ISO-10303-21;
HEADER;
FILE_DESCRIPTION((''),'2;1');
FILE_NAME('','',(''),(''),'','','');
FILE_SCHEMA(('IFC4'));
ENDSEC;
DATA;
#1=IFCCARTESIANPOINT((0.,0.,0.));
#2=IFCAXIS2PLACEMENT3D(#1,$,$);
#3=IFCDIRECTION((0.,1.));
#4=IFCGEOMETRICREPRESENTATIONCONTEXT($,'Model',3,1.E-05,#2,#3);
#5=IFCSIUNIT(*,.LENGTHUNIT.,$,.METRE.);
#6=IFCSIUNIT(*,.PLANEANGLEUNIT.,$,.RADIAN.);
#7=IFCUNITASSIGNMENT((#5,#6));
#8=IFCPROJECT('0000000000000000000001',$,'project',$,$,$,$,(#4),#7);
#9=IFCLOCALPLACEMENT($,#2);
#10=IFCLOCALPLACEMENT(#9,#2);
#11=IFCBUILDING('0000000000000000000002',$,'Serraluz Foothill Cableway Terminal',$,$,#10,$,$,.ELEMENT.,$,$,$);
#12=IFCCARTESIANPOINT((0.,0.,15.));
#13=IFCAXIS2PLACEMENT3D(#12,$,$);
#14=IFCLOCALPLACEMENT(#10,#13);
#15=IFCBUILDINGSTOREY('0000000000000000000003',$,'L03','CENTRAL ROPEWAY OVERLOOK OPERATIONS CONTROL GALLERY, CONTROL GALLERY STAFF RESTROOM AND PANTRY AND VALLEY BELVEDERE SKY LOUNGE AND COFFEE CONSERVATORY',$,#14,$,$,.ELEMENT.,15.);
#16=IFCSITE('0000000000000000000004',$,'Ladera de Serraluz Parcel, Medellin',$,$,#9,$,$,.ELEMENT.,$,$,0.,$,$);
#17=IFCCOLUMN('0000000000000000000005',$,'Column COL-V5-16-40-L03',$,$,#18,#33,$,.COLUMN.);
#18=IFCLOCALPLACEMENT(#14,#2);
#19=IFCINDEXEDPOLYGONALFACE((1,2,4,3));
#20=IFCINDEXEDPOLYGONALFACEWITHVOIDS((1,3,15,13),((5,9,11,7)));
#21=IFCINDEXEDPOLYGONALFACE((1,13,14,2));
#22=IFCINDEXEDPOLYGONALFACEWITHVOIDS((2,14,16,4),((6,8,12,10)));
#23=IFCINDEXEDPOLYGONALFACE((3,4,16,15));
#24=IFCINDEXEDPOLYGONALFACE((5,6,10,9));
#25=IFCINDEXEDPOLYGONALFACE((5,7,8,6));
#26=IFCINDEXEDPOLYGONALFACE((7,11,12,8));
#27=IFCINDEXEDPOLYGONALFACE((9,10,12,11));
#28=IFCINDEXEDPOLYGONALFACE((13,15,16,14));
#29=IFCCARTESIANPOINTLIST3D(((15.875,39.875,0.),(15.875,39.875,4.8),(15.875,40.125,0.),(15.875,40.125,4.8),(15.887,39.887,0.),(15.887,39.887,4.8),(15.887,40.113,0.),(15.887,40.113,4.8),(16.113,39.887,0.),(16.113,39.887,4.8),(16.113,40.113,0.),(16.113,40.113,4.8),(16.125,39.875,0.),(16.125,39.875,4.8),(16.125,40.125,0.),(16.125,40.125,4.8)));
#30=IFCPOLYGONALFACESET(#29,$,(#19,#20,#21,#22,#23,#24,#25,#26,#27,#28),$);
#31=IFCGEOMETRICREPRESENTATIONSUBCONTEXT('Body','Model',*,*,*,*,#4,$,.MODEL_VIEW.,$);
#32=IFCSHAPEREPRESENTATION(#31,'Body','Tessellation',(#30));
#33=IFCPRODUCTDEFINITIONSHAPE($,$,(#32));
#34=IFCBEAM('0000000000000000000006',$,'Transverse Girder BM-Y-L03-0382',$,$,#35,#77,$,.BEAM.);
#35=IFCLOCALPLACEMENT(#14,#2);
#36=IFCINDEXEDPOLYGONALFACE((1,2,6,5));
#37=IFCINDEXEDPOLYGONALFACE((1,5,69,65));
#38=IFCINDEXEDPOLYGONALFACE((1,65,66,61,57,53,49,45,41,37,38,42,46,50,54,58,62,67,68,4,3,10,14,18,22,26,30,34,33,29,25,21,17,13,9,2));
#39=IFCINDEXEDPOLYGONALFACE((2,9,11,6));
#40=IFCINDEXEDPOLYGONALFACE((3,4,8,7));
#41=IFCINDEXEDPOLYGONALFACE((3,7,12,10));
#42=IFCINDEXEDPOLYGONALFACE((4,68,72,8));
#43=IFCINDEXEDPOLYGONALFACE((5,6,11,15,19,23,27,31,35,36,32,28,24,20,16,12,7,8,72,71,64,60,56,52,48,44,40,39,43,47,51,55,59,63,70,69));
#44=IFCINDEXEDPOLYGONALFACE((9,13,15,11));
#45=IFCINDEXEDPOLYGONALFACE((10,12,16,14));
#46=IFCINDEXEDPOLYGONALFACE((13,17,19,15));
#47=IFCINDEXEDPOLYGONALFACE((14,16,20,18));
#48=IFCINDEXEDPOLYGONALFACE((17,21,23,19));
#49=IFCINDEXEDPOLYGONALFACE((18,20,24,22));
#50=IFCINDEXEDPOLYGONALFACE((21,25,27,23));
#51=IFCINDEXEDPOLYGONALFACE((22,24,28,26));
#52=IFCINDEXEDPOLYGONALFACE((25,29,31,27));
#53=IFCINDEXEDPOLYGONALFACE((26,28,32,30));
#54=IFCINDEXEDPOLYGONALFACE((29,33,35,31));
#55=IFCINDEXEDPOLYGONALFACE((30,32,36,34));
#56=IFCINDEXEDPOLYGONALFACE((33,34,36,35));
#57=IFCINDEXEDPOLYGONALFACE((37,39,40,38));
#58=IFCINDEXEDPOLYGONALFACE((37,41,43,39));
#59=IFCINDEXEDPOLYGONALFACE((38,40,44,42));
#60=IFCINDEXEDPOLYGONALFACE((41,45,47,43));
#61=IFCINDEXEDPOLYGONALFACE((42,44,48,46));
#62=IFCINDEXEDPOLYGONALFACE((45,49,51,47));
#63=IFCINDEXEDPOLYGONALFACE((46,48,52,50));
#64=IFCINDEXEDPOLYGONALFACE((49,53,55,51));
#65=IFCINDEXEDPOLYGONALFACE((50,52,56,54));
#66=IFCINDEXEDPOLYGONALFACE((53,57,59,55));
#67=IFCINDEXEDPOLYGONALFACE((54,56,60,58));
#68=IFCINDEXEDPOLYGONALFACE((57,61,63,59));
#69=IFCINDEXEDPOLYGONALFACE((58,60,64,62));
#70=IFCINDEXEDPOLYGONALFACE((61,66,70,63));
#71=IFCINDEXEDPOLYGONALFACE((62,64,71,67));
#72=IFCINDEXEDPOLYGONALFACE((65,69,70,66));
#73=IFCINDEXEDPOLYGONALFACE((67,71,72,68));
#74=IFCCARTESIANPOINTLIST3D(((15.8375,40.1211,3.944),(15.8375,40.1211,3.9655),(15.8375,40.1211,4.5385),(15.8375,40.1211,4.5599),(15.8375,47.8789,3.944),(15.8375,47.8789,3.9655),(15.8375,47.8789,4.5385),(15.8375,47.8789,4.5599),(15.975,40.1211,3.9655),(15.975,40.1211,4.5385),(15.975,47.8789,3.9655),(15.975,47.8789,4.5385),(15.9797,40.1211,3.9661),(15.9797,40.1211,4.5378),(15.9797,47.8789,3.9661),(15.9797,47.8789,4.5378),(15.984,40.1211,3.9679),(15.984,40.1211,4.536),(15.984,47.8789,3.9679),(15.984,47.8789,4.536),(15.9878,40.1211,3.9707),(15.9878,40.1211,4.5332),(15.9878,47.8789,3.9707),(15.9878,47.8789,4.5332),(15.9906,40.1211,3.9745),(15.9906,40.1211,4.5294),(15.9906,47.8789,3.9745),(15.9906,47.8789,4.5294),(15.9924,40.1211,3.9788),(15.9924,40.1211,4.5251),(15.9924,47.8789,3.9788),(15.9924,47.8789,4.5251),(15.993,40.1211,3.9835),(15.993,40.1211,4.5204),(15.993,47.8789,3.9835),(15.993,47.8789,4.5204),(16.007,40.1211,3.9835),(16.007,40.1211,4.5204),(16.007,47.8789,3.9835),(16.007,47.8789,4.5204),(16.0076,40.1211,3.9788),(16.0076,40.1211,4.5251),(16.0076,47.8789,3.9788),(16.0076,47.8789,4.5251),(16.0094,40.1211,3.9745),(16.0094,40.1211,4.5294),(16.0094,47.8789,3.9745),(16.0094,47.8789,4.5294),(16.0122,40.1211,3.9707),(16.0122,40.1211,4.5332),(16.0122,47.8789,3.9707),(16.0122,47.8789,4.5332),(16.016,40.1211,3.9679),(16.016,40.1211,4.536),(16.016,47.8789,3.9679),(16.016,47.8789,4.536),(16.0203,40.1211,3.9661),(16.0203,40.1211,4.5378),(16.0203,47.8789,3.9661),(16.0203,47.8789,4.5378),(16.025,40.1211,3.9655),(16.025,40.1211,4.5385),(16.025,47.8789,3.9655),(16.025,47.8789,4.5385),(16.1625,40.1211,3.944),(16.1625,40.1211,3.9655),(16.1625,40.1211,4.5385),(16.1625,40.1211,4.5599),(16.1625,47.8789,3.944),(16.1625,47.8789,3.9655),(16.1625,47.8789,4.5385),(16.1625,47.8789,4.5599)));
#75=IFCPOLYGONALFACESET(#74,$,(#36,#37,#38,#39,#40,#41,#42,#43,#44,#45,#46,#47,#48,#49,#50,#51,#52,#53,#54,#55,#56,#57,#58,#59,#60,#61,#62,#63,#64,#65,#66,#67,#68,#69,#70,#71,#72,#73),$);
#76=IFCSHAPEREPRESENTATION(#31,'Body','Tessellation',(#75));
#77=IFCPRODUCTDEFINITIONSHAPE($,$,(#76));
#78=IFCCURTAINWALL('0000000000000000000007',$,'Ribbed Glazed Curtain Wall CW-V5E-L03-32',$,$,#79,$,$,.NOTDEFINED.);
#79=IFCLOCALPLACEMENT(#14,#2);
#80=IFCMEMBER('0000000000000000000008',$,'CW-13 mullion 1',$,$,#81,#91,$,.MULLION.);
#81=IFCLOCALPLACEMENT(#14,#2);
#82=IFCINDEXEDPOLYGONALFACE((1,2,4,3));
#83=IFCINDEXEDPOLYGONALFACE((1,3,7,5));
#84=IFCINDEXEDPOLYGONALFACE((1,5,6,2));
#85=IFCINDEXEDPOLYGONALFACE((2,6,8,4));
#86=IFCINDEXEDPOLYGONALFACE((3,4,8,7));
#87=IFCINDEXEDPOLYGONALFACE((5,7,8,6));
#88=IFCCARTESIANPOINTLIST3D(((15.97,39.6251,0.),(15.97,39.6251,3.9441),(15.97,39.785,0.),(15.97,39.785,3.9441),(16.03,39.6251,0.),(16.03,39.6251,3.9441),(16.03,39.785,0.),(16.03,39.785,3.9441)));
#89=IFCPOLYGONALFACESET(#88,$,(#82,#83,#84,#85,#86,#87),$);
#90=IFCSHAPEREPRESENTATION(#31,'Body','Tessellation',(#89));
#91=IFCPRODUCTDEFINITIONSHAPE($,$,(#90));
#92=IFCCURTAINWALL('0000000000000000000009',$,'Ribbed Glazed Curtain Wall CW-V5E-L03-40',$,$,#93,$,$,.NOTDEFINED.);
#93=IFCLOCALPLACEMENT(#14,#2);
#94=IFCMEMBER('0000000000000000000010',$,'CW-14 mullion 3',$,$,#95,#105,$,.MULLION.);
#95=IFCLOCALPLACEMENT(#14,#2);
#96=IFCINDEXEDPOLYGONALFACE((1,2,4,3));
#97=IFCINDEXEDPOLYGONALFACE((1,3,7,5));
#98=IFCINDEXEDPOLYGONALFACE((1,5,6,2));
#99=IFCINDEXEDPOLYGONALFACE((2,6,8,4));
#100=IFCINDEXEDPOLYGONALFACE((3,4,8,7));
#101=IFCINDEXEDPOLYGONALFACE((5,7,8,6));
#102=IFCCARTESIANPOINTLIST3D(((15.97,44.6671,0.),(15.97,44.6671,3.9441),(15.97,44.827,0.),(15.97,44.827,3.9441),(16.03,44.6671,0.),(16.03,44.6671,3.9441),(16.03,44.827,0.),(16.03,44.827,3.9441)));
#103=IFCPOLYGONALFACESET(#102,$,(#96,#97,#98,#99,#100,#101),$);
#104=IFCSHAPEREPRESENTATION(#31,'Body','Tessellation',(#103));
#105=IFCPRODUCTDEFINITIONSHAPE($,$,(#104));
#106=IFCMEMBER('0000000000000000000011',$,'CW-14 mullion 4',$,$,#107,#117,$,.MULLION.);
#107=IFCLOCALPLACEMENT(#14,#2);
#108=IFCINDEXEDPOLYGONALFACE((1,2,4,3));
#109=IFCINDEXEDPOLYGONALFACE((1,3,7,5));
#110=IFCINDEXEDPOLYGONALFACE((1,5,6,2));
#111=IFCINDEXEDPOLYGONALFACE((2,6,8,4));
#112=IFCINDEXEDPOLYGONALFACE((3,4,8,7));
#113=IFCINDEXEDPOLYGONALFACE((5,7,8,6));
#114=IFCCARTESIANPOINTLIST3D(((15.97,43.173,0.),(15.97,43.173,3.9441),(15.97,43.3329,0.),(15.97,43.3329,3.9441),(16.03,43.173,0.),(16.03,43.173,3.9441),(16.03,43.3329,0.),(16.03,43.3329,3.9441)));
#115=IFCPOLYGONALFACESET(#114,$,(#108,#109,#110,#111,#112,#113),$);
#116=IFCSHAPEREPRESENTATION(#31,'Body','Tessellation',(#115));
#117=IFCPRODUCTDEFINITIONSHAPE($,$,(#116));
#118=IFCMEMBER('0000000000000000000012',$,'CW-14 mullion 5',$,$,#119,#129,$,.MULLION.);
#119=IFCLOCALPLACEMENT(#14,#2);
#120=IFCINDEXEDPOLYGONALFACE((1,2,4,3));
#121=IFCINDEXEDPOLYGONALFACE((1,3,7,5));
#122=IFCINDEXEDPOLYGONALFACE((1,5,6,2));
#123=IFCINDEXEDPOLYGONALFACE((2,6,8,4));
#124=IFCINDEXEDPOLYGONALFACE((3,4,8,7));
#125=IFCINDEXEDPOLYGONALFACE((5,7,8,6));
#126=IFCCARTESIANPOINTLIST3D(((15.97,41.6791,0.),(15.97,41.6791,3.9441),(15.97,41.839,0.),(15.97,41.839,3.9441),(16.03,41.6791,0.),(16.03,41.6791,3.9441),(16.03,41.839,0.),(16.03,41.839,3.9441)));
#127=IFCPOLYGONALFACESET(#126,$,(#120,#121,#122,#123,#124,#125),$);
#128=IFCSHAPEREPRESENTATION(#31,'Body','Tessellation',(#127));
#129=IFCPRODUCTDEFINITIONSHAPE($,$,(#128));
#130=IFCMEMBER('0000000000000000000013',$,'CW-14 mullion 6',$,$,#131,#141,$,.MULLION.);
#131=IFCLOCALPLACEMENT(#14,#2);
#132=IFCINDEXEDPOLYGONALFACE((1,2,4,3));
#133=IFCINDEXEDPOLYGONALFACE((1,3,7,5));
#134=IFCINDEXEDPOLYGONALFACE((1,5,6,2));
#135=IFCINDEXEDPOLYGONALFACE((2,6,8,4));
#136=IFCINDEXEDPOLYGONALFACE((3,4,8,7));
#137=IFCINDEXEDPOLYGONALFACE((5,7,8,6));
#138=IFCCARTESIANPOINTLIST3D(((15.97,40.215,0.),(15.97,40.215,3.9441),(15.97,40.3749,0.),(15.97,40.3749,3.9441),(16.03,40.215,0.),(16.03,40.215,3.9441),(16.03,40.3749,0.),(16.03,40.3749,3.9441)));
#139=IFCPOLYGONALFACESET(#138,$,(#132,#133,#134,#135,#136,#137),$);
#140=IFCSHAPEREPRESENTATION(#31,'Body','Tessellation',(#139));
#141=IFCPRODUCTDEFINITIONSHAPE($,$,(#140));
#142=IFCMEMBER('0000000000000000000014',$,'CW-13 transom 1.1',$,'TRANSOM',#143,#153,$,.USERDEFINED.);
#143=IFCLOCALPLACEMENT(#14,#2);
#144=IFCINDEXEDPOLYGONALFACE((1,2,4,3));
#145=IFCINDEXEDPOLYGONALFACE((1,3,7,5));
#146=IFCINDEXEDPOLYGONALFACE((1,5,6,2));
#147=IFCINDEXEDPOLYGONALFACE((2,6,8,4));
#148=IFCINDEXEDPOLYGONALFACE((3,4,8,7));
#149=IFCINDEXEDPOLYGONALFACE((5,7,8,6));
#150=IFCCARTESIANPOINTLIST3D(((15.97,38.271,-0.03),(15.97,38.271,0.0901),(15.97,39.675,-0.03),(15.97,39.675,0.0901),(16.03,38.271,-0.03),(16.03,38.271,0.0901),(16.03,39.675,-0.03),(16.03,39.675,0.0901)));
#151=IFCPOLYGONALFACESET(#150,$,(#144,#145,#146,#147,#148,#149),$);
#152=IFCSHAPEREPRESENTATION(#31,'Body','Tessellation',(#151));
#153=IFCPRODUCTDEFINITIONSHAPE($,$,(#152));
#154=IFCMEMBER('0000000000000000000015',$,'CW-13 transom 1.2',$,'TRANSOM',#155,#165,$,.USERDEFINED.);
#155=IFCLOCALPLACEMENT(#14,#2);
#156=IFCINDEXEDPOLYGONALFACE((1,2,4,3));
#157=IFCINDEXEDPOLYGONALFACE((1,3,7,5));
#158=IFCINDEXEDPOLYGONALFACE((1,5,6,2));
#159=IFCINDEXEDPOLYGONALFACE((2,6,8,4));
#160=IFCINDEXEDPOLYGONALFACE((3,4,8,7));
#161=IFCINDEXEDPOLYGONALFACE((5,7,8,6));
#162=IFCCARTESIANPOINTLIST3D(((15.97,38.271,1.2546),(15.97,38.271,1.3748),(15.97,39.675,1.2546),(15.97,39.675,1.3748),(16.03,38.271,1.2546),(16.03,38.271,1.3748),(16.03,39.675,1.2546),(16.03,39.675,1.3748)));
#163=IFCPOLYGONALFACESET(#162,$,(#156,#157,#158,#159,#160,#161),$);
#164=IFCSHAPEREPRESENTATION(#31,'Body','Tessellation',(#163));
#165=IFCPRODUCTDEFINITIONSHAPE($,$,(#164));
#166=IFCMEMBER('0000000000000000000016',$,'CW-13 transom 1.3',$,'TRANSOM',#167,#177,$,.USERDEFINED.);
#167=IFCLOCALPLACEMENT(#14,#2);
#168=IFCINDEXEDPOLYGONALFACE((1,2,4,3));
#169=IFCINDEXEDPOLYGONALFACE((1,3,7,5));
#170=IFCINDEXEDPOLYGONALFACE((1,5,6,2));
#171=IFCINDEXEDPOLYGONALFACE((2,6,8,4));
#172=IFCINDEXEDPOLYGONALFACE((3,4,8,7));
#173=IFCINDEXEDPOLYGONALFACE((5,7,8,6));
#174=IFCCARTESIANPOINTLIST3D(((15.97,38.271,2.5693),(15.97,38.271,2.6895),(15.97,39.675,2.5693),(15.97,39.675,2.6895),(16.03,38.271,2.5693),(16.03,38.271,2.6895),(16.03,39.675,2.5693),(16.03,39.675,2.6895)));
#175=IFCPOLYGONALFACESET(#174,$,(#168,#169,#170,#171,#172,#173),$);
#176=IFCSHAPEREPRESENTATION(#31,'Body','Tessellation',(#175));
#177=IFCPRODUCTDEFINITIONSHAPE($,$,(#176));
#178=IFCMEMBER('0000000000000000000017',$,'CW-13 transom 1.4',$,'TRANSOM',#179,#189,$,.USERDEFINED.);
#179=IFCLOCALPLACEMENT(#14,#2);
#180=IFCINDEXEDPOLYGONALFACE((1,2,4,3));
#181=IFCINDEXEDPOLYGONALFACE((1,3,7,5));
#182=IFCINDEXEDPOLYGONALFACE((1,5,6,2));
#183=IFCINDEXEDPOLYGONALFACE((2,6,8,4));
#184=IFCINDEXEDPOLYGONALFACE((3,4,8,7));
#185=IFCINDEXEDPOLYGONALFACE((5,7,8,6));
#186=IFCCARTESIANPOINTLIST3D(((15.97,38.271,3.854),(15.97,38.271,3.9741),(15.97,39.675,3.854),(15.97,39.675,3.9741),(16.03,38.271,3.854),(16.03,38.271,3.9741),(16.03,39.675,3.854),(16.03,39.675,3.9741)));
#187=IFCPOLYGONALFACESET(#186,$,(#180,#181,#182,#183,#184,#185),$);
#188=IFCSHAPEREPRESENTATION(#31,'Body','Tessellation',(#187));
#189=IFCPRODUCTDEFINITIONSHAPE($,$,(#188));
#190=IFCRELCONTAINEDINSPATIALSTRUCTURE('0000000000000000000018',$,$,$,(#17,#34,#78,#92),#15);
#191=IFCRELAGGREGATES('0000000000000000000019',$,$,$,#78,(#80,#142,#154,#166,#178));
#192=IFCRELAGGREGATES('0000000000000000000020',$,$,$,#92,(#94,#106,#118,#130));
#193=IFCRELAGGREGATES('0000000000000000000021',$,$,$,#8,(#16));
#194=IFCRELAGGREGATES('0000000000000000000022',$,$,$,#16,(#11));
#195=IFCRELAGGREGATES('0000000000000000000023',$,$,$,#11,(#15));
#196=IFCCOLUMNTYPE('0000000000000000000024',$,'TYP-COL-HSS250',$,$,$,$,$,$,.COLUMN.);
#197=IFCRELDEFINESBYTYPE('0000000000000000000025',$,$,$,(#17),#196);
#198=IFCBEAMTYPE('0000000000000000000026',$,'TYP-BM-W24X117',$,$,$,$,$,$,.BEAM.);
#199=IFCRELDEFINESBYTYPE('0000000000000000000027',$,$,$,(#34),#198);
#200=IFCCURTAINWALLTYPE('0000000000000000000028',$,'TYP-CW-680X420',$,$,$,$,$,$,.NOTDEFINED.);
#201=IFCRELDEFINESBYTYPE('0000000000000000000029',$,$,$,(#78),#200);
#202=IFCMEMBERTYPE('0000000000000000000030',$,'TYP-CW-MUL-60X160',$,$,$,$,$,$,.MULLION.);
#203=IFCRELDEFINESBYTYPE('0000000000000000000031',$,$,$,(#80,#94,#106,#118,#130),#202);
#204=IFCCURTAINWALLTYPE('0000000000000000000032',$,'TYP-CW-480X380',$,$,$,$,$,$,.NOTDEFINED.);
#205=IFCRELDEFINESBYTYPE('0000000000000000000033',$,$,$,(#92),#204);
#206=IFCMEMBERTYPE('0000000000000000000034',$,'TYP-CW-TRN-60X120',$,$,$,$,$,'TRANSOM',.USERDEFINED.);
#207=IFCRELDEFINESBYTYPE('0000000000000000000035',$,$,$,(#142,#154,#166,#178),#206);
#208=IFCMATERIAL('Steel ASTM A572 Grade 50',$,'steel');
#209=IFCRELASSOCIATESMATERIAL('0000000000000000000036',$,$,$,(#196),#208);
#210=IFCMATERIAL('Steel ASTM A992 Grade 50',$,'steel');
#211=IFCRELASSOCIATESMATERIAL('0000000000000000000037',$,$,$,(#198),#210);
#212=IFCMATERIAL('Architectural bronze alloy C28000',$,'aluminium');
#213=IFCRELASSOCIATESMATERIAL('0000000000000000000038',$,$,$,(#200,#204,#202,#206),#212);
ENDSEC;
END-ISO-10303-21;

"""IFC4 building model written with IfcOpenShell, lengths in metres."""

from ifc_helpers import new_model, si_unit, direction, frame, origin, origin_2d, place, context, subcontext, project, spatial, rectangle, hollow_rectangle, i_section, extrude, material, material_profile, profile_set, type_object, element, aggregate, save


model = new_model("IFC4")

# Units and contexts
model_context = context("Model", 3, precision=1e-05, world=origin(), true_north=direction((0.0, 1.0)))
body_context = subcontext(model_context, "Body", "Model", "MODEL_VIEW")
ifc_project = project(units=[si_unit("LENGTHUNIT", "METRE"), si_unit("PLANEANGLEUNIT", "RADIAN")], contexts=[model_context])

# Site, building, storey
site_placement = place(None, origin())
site = spatial("IfcSite", under=ifc_project, at=site_placement, Name="Ladera de Serraluz Parcel, Medellin", CompositionType="ELEMENT", RefElevation=0.0)
building_placement = place(site_placement, origin())
building = spatial("IfcBuilding", under=site, at=building_placement, Name="Serraluz Foothill Cableway Terminal", CompositionType="ELEMENT")
storey_placement = place(building_placement, frame((0.0, 0.0, 15.0)))
storey = spatial("IfcBuildingStorey", under=building, at=storey_placement, Name="L03", Description="CENTRAL ROPEWAY OVERLOOK OPERATIONS CONTROL GALLERY, CONTROL GALLERY STAFF RESTROOM AND PANTRY AND VALLEY BELVEDERE SKY LOUNGE AND COFFEE CONSERVATORY", CompositionType="ELEMENT", Elevation=15.0)

# Column
ifc_material_1 = material(Name="Steel ASTM A572 Grade 50", Category="steel")
ifc_material_profile_1 = material_profile(ifc_material_1, hollow_rectangle(XDim=0.25, YDim=0.25, WallThickness=0.012, at=origin_2d()), Name="HSS250X250X12")
ifc_profile_set_1 = profile_set([ifc_material_profile_1], Name="Steel ASTM A572 Grade 50")
column_type = type_object("IfcColumnType", Name="TYP-COL-HSS250", PredefinedType="COLUMN", material=ifc_profile_set_1)
column_placement = place(storey_placement, frame((16.0, 40.0, 0.0), z_axis=(0.0, 0.0, 1.0), x_axis=(1.0, 0.0, 0.0)))
element("IfcColumn", 1, at=column_placement, inside=storey, type_object=column_type, Name="Column COL-V5-16-40-L03", PredefinedType="COLUMN", context=body_context, shape_type="SweptSolid", body=[
    extrude(hollow_rectangle(XDim=0.25, YDim=0.25, WallThickness=0.012, at=origin_2d()), origin(), (0.0, 0.0, 1.0), 4.8),
])

# Beam
ifc_material_2 = material(Name="Steel ASTM A992 Grade 50", Category="steel")
ifc_material_profile_2 = material_profile(ifc_material_2, i_section(OverallWidth=0.325, OverallDepth=0.616, WebThickness=0.0139, FlangeThickness=0.0215, FilletRadius=0.0181, at=origin_2d()), Name="W24X117")
ifc_profile_set_2 = profile_set([ifc_material_profile_2], Name="Steel ASTM A992 Grade 50")
beam_type = type_object("IfcBeamType", Name="TYP-BM-W24X117", PredefinedType="BEAM", material=ifc_profile_set_2)
beam_placement = place(storey_placement, frame((16.0, 40.1211, 4.252), z_axis=(0.0, 1.0, 0.0), x_axis=(-1.0, 0.0, 0.0)))
element("IfcBeam", 2, at=beam_placement, inside=storey, type_object=beam_type, Name="Transverse Girder BM-Y-L03-0382", PredefinedType="BEAM", context=body_context, shape_type="SweptSolid", body=[
    extrude(i_section(OverallWidth=0.325, OverallDepth=0.616, WebThickness=0.0139, FlangeThickness=0.0215, FilletRadius=0.0181, at=origin_2d()), origin(), (0.0, 0.0, 1.0), 7.7578),
])

# Curtain wall, member
ifc_material_3 = material(Name="Architectural bronze alloy C28000", Category="aluminium")
curtain_wall_type_1 = type_object("IfcCurtainWallType", Name="TYP-CW-680X420", PredefinedType="NOTDEFINED", material=ifc_material_3)
curtain_wall_1_placement = place(storey_placement, origin())
curtain_wall_1 = element("IfcCurtainWall", 3, at=curtain_wall_1_placement, inside=storey, type_object=curtain_wall_type_1, Name="Ribbed Glazed Curtain Wall CW-V5E-L03-32", PredefinedType="NOTDEFINED")
ifc_material_profile_3 = material_profile(ifc_material_3, rectangle(XDim=0.0601, YDim=0.1599, at=origin_2d()), Name="ALU MULLION 60x160")
ifc_profile_set_3 = profile_set([ifc_material_profile_3], Name="Architectural bronze alloy C28000")
member_type_1 = type_object("IfcMemberType", Name="TYP-CW-MUL-60X160", PredefinedType="MULLION", material=ifc_profile_set_3)
member_1_placement = place(storey_placement, frame((16.0, 39.7051, 0.0), z_axis=(0.0, 0.0, 1.0), x_axis=(1.0, 0.0, 0.0)))
member_1 = element("IfcMember", 4, at=member_1_placement, type_object=member_type_1, Name="CW-13 mullion 1", PredefinedType="MULLION", context=body_context, shape_type="SweptSolid", body=[
    extrude(rectangle(XDim=0.0601, YDim=0.1599, at=origin_2d()), origin(), (0.0, 0.0, 1.0), 3.9441),
])

# Curtain wall, members
curtain_wall_type_2 = type_object("IfcCurtainWallType", Name="TYP-CW-480X380", PredefinedType="NOTDEFINED", material=ifc_material_3)
curtain_wall_2_placement = place(storey_placement, origin())
curtain_wall_2 = element("IfcCurtainWall", 5, at=curtain_wall_2_placement, inside=storey, type_object=curtain_wall_type_2, Name="Ribbed Glazed Curtain Wall CW-V5E-L03-40", PredefinedType="NOTDEFINED")
member_2_placement = place(storey_placement, frame((16.0, 44.7471, 0.0), z_axis=(0.0, 0.0, 1.0), x_axis=(1.0, 0.0, 0.0)))
member_2 = element("IfcMember", 6, at=member_2_placement, type_object=member_type_1, Name="CW-14 mullion 3", PredefinedType="MULLION", context=body_context, shape_type="SweptSolid", body=[
    extrude(rectangle(XDim=0.0601, YDim=0.1599, at=origin_2d()), origin(), (0.0, 0.0, 1.0), 3.9441),
])
member_3_placement = place(storey_placement, frame((16.0, 43.2529, 0.0), z_axis=(0.0, 0.0, 1.0), x_axis=(1.0, 0.0, 0.0)))
member_3 = element("IfcMember", 7, at=member_3_placement, type_object=member_type_1, Name="CW-14 mullion 4", PredefinedType="MULLION", context=body_context, shape_type="SweptSolid", body=[
    extrude(rectangle(XDim=0.0601, YDim=0.1599, at=origin_2d()), origin(), (0.0, 0.0, 1.0), 3.9441),
])
member_4_placement = place(storey_placement, frame((16.0, 41.759, 0.0), z_axis=(0.0, 0.0, 1.0), x_axis=(1.0, 0.0, 0.0)))
member_4 = element("IfcMember", 8, at=member_4_placement, type_object=member_type_1, Name="CW-14 mullion 5", PredefinedType="MULLION", context=body_context, shape_type="SweptSolid", body=[
    extrude(rectangle(XDim=0.0601, YDim=0.1599, at=origin_2d()), origin(), (0.0, 0.0, 1.0), 3.9441),
])
member_5_placement = place(storey_placement, frame((16.0, 40.2949, 0.0), z_axis=(0.0, 0.0, 1.0), x_axis=(1.0, 0.0, 0.0)))
member_5 = element("IfcMember", 9, at=member_5_placement, type_object=member_type_1, Name="CW-14 mullion 6", PredefinedType="MULLION", context=body_context, shape_type="SweptSolid", body=[
    extrude(rectangle(XDim=0.0601, YDim=0.1599, at=origin_2d()), origin(), (0.0, 0.0, 1.0), 3.9441),
])

# Members
ifc_material_profile_4 = material_profile(ifc_material_3, rectangle(XDim=0.0601, YDim=0.1201, at=origin_2d()), Name="ALU TRANSOM 60x120")
ifc_profile_set_4 = profile_set([ifc_material_profile_4], Name="Architectural bronze alloy C28000")
member_type_2 = type_object("IfcMemberType", Name="TYP-CW-TRN-60X120", ElementType="TRANSOM", PredefinedType="USERDEFINED", material=ifc_profile_set_4)
member_6_placement = place(storey_placement, frame((16.0, 39.675, 0.03), z_axis=(0.0, -1.0, 0.0), x_axis=(1.0, 0.0, 0.0)))
member_6 = element("IfcMember", 10, at=member_6_placement, type_object=member_type_2, Name="CW-13 transom 1.1", ObjectType="TRANSOM", PredefinedType="USERDEFINED", context=body_context, shape_type="SweptSolid", body=[
    extrude(rectangle(XDim=0.0601, YDim=0.1201, at=origin_2d()), origin(), (0.0, 0.0, 1.0), 1.4041),
])
member_7_placement = place(storey_placement, frame((16.0, 39.675, 1.3147), z_axis=(0.0, -1.0, 0.0), x_axis=(1.0, 0.0, 0.0)))
member_7 = element("IfcMember", 11, at=member_7_placement, type_object=member_type_2, Name="CW-13 transom 1.2", ObjectType="TRANSOM", PredefinedType="USERDEFINED", context=body_context, shape_type="SweptSolid", body=[
    extrude(rectangle(XDim=0.0601, YDim=0.1201, at=origin_2d()), origin(), (0.0, 0.0, 1.0), 1.4041),
])
member_8_placement = place(storey_placement, frame((16.0, 39.675, 2.6294), z_axis=(0.0, -1.0, 0.0), x_axis=(1.0, 0.0, 0.0)))
member_8 = element("IfcMember", 12, at=member_8_placement, type_object=member_type_2, Name="CW-13 transom 1.3", ObjectType="TRANSOM", PredefinedType="USERDEFINED", context=body_context, shape_type="SweptSolid", body=[
    extrude(rectangle(XDim=0.0601, YDim=0.1201, at=origin_2d()), origin(), (0.0, 0.0, 1.0), 1.4041),
])
member_9_placement = place(storey_placement, frame((16.0, 39.675, 3.9141), z_axis=(0.0, -1.0, 0.0), x_axis=(1.0, 0.0, 0.0)))
member_9 = element("IfcMember", 13, at=member_9_placement, type_object=member_type_2, Name="CW-13 transom 1.4", ObjectType="TRANSOM", PredefinedType="USERDEFINED", context=body_context, shape_type="SweptSolid", body=[
    extrude(rectangle(XDim=0.0601, YDim=0.1201, at=origin_2d()), origin(), (0.0, 0.0, 1.0), 1.4041),
])
aggregate(curtain_wall_1, [member_1, member_6, member_7, member_8, member_9])

aggregate(curtain_wall_2, [member_2, member_3, member_4, member_5])

save(model, "model.ifc")
